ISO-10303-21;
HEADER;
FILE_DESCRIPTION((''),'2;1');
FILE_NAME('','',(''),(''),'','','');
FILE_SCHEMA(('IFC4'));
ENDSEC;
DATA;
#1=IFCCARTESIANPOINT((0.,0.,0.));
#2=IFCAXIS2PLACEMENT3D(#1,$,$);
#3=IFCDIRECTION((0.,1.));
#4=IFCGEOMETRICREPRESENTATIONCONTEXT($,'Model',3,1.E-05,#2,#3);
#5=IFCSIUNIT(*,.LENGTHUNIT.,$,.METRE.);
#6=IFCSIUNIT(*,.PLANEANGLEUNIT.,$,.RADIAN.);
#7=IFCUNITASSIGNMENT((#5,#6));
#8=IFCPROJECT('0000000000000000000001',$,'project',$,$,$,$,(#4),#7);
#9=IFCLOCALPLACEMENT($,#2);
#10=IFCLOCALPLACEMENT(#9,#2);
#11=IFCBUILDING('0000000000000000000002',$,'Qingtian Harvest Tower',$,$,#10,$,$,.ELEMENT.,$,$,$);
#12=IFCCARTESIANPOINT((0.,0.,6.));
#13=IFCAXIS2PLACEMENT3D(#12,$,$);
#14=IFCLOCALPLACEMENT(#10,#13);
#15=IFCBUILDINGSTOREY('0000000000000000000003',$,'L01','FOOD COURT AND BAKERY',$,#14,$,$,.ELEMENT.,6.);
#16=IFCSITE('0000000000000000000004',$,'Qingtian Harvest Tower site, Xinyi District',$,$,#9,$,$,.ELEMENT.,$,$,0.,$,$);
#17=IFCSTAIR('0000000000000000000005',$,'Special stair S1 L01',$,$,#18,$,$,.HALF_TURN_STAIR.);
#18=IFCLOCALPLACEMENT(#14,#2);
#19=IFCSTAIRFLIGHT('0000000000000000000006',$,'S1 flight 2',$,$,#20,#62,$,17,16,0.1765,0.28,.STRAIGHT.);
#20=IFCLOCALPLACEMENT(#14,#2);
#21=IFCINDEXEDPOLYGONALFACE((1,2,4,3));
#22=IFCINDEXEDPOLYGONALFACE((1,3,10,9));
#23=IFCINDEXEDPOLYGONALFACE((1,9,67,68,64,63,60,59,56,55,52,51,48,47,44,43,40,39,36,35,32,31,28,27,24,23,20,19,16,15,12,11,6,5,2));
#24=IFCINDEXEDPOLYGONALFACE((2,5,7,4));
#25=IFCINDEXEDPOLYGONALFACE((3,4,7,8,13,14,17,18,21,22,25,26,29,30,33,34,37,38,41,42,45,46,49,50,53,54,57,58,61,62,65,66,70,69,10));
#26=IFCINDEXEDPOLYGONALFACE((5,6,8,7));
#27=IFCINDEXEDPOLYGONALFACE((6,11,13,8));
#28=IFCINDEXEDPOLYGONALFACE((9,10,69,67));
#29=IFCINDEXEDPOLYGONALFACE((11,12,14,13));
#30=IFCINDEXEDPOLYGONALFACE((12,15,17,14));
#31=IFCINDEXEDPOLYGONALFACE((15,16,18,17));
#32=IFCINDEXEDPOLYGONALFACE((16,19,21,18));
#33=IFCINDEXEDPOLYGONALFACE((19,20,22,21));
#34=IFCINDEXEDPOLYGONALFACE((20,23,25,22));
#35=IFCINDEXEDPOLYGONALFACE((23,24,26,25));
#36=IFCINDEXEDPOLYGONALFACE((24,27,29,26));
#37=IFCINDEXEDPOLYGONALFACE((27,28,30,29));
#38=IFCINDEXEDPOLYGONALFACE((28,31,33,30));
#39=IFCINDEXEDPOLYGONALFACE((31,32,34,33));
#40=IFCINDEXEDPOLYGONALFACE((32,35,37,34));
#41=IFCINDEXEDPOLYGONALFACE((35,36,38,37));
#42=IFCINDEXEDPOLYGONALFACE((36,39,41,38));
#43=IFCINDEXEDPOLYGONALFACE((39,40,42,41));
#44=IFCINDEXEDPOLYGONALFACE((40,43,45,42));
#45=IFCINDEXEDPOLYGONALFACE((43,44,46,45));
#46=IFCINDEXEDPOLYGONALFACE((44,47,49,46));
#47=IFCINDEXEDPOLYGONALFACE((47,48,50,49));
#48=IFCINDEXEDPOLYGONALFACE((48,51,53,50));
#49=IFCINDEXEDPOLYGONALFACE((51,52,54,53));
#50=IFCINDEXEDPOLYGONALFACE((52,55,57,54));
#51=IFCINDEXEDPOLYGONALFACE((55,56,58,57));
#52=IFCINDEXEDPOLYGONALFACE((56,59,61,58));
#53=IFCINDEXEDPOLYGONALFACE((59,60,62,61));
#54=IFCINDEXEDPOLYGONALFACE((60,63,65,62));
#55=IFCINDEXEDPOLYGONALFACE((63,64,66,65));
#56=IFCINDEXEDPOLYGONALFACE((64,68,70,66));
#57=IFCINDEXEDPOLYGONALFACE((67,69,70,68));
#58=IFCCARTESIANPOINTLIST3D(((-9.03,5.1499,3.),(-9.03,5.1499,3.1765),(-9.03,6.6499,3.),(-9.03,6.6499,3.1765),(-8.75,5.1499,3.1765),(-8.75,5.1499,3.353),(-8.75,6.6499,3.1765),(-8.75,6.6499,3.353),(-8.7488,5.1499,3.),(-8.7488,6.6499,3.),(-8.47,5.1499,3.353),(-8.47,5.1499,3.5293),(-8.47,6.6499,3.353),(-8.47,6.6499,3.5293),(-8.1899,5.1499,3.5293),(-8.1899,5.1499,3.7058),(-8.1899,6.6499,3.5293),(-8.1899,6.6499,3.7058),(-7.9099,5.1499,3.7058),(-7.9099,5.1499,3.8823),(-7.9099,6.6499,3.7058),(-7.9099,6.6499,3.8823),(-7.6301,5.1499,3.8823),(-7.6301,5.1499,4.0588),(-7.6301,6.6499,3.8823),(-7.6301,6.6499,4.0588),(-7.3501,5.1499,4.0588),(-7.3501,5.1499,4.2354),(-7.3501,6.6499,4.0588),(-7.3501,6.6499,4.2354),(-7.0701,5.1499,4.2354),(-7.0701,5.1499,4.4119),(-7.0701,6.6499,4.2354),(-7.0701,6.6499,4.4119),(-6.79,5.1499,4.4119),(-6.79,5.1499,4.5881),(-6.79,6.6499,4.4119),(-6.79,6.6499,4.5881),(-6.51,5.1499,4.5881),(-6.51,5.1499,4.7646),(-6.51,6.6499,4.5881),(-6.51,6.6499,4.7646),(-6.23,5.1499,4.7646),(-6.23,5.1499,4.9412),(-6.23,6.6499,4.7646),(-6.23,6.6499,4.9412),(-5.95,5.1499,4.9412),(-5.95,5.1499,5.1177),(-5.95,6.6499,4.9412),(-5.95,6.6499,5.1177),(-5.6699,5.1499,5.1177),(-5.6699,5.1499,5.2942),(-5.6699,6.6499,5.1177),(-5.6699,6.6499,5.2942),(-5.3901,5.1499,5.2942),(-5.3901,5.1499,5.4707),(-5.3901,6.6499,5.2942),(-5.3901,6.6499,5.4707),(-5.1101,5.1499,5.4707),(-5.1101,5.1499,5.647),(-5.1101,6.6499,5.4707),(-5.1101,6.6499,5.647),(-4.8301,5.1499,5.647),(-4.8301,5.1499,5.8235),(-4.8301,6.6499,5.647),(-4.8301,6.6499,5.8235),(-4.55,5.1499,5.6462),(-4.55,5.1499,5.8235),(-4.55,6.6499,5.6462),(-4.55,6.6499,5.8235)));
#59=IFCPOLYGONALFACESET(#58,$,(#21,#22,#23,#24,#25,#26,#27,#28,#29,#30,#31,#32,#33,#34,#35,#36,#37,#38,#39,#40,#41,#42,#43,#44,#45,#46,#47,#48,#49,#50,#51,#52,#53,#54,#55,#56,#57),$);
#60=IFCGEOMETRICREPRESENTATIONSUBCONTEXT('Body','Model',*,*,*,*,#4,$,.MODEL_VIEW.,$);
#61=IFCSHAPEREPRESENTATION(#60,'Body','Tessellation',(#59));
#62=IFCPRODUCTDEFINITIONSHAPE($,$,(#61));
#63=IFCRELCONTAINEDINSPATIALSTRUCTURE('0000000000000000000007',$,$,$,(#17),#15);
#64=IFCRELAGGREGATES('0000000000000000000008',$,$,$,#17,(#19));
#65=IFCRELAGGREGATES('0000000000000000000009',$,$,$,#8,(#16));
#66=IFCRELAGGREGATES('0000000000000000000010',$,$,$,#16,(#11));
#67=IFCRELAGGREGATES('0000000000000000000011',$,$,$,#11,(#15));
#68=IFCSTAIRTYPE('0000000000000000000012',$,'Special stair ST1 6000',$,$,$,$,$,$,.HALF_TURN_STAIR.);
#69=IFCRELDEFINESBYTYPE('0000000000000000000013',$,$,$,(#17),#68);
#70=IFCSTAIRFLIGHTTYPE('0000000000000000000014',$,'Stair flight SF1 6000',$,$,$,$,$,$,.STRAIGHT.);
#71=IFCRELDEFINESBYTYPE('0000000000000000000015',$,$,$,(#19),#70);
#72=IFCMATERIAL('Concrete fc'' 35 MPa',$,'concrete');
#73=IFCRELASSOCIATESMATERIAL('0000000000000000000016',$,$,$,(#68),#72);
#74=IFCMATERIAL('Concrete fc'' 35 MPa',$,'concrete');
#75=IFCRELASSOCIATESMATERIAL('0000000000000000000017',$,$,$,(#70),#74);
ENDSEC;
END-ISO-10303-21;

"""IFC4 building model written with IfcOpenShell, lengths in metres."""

from ifc_helpers import new_model, si_unit, direction, frame, origin, place, context, subcontext, project, spatial, polyline, outline, extrude, material, type_object, element, aggregate, save


model = new_model("IFC4")

# Units and contexts
model_context = context("Model", 3, precision=1e-05, world=origin(), true_north=direction((0.0, 1.0)))
body_context = subcontext(model_context, "Body", "Model", "MODEL_VIEW")
ifc_project = project(units=[si_unit("LENGTHUNIT", "METRE"), si_unit("PLANEANGLEUNIT", "RADIAN")], contexts=[model_context])

# Site, building, storey
site_placement = place(None, origin())
site = spatial("IfcSite", under=ifc_project, at=site_placement, Name="Qingtian Harvest Tower site, Xinyi District", CompositionType="ELEMENT", RefElevation=0.0)
building_placement = place(site_placement, origin())
building = spatial("IfcBuilding", under=site, at=building_placement, Name="Qingtian Harvest Tower", CompositionType="ELEMENT")
storey_placement = place(building_placement, frame((0.0, 0.0, 6.0)))
storey = spatial("IfcBuildingStorey", under=building, at=storey_placement, Name="L01", Description="FOOD COURT AND BAKERY", CompositionType="ELEMENT", Elevation=6.0)

# Stair, stair flight
ifc_material_1 = material(Name="Concrete fc' 35 MPa", Category="concrete")
stair_type = type_object("IfcStairType", Name="Special stair ST1 6000", PredefinedType="HALF_TURN_STAIR", material=ifc_material_1)
stair_placement = place(storey_placement, origin())
stair = element("IfcStair", 1, at=stair_placement, inside=storey, type_object=stair_type, Name="Special stair S1 L01", PredefinedType="HALF_TURN_STAIR")
ifc_material_2 = material(Name="Concrete fc' 35 MPa", Category="concrete")
stair_flight_type = type_object("IfcStairFlightType", Name="Stair flight SF1 6000", PredefinedType="STRAIGHT", material=ifc_material_2)
stair_flight_1_placement = place(storey_placement, frame((-9.03, 5.8999, 3.0), z_axis=(0.0, 0.0, 1.0), x_axis=(1.0, 0.0, 0.0)))
stair_flight_1 = element("IfcStairFlight", 2, at=stair_flight_1_placement, type_object=stair_flight_type, Name="S1 flight 2", NumberOfRisers=17, NumberOfTreads=16, PredefinedType="STRAIGHT", RiserHeight=0.1765, TreadLength=0.28, context=body_context, shape_type="SweptSolid", body=[
    extrude(outline(polyline([(0.0, 0.0), (0.0, 0.1765), (0.28, 0.1765), (0.28, 0.353), (0.5601, 0.353), (0.5601, 0.5293), (0.8401, 0.5293), (0.8401, 0.7058), (1.1201, 0.7058), (1.1201, 0.8823), (1.3999, 0.8823), (1.3999, 1.0588), (1.6799, 1.0588), (1.6799, 1.2354), (1.96, 1.2354), (1.96, 1.4119), (2.24, 1.4119), (2.24, 1.5881), (2.52, 1.5881), (2.52, 1.7646), (2.8, 1.7646), (2.8, 1.9412), (3.0801, 1.9412), (3.0801, 2.1177), (3.3601, 2.1177), (3.3601, 2.2942), (3.6399, 2.2942), (3.6399, 2.4707), (3.9199, 2.4707), (3.9199, 2.647), (4.2, 2.647), (4.2, 2.8235), (4.48, 2.8235), (4.48, 3.0), (4.48, 2.6462), (0.2812, 0.0), (0.0, 0.0)])), frame((0.0, 0.75, 0.0), z_axis=(0.0, -1.0, 0.0), x_axis=(1.0, 0.0, 0.0)), (0.0, 0.0, 1.0), 1.5),
])
aggregate(stair, [stair_flight_1])

save(model, "model.ifc")
